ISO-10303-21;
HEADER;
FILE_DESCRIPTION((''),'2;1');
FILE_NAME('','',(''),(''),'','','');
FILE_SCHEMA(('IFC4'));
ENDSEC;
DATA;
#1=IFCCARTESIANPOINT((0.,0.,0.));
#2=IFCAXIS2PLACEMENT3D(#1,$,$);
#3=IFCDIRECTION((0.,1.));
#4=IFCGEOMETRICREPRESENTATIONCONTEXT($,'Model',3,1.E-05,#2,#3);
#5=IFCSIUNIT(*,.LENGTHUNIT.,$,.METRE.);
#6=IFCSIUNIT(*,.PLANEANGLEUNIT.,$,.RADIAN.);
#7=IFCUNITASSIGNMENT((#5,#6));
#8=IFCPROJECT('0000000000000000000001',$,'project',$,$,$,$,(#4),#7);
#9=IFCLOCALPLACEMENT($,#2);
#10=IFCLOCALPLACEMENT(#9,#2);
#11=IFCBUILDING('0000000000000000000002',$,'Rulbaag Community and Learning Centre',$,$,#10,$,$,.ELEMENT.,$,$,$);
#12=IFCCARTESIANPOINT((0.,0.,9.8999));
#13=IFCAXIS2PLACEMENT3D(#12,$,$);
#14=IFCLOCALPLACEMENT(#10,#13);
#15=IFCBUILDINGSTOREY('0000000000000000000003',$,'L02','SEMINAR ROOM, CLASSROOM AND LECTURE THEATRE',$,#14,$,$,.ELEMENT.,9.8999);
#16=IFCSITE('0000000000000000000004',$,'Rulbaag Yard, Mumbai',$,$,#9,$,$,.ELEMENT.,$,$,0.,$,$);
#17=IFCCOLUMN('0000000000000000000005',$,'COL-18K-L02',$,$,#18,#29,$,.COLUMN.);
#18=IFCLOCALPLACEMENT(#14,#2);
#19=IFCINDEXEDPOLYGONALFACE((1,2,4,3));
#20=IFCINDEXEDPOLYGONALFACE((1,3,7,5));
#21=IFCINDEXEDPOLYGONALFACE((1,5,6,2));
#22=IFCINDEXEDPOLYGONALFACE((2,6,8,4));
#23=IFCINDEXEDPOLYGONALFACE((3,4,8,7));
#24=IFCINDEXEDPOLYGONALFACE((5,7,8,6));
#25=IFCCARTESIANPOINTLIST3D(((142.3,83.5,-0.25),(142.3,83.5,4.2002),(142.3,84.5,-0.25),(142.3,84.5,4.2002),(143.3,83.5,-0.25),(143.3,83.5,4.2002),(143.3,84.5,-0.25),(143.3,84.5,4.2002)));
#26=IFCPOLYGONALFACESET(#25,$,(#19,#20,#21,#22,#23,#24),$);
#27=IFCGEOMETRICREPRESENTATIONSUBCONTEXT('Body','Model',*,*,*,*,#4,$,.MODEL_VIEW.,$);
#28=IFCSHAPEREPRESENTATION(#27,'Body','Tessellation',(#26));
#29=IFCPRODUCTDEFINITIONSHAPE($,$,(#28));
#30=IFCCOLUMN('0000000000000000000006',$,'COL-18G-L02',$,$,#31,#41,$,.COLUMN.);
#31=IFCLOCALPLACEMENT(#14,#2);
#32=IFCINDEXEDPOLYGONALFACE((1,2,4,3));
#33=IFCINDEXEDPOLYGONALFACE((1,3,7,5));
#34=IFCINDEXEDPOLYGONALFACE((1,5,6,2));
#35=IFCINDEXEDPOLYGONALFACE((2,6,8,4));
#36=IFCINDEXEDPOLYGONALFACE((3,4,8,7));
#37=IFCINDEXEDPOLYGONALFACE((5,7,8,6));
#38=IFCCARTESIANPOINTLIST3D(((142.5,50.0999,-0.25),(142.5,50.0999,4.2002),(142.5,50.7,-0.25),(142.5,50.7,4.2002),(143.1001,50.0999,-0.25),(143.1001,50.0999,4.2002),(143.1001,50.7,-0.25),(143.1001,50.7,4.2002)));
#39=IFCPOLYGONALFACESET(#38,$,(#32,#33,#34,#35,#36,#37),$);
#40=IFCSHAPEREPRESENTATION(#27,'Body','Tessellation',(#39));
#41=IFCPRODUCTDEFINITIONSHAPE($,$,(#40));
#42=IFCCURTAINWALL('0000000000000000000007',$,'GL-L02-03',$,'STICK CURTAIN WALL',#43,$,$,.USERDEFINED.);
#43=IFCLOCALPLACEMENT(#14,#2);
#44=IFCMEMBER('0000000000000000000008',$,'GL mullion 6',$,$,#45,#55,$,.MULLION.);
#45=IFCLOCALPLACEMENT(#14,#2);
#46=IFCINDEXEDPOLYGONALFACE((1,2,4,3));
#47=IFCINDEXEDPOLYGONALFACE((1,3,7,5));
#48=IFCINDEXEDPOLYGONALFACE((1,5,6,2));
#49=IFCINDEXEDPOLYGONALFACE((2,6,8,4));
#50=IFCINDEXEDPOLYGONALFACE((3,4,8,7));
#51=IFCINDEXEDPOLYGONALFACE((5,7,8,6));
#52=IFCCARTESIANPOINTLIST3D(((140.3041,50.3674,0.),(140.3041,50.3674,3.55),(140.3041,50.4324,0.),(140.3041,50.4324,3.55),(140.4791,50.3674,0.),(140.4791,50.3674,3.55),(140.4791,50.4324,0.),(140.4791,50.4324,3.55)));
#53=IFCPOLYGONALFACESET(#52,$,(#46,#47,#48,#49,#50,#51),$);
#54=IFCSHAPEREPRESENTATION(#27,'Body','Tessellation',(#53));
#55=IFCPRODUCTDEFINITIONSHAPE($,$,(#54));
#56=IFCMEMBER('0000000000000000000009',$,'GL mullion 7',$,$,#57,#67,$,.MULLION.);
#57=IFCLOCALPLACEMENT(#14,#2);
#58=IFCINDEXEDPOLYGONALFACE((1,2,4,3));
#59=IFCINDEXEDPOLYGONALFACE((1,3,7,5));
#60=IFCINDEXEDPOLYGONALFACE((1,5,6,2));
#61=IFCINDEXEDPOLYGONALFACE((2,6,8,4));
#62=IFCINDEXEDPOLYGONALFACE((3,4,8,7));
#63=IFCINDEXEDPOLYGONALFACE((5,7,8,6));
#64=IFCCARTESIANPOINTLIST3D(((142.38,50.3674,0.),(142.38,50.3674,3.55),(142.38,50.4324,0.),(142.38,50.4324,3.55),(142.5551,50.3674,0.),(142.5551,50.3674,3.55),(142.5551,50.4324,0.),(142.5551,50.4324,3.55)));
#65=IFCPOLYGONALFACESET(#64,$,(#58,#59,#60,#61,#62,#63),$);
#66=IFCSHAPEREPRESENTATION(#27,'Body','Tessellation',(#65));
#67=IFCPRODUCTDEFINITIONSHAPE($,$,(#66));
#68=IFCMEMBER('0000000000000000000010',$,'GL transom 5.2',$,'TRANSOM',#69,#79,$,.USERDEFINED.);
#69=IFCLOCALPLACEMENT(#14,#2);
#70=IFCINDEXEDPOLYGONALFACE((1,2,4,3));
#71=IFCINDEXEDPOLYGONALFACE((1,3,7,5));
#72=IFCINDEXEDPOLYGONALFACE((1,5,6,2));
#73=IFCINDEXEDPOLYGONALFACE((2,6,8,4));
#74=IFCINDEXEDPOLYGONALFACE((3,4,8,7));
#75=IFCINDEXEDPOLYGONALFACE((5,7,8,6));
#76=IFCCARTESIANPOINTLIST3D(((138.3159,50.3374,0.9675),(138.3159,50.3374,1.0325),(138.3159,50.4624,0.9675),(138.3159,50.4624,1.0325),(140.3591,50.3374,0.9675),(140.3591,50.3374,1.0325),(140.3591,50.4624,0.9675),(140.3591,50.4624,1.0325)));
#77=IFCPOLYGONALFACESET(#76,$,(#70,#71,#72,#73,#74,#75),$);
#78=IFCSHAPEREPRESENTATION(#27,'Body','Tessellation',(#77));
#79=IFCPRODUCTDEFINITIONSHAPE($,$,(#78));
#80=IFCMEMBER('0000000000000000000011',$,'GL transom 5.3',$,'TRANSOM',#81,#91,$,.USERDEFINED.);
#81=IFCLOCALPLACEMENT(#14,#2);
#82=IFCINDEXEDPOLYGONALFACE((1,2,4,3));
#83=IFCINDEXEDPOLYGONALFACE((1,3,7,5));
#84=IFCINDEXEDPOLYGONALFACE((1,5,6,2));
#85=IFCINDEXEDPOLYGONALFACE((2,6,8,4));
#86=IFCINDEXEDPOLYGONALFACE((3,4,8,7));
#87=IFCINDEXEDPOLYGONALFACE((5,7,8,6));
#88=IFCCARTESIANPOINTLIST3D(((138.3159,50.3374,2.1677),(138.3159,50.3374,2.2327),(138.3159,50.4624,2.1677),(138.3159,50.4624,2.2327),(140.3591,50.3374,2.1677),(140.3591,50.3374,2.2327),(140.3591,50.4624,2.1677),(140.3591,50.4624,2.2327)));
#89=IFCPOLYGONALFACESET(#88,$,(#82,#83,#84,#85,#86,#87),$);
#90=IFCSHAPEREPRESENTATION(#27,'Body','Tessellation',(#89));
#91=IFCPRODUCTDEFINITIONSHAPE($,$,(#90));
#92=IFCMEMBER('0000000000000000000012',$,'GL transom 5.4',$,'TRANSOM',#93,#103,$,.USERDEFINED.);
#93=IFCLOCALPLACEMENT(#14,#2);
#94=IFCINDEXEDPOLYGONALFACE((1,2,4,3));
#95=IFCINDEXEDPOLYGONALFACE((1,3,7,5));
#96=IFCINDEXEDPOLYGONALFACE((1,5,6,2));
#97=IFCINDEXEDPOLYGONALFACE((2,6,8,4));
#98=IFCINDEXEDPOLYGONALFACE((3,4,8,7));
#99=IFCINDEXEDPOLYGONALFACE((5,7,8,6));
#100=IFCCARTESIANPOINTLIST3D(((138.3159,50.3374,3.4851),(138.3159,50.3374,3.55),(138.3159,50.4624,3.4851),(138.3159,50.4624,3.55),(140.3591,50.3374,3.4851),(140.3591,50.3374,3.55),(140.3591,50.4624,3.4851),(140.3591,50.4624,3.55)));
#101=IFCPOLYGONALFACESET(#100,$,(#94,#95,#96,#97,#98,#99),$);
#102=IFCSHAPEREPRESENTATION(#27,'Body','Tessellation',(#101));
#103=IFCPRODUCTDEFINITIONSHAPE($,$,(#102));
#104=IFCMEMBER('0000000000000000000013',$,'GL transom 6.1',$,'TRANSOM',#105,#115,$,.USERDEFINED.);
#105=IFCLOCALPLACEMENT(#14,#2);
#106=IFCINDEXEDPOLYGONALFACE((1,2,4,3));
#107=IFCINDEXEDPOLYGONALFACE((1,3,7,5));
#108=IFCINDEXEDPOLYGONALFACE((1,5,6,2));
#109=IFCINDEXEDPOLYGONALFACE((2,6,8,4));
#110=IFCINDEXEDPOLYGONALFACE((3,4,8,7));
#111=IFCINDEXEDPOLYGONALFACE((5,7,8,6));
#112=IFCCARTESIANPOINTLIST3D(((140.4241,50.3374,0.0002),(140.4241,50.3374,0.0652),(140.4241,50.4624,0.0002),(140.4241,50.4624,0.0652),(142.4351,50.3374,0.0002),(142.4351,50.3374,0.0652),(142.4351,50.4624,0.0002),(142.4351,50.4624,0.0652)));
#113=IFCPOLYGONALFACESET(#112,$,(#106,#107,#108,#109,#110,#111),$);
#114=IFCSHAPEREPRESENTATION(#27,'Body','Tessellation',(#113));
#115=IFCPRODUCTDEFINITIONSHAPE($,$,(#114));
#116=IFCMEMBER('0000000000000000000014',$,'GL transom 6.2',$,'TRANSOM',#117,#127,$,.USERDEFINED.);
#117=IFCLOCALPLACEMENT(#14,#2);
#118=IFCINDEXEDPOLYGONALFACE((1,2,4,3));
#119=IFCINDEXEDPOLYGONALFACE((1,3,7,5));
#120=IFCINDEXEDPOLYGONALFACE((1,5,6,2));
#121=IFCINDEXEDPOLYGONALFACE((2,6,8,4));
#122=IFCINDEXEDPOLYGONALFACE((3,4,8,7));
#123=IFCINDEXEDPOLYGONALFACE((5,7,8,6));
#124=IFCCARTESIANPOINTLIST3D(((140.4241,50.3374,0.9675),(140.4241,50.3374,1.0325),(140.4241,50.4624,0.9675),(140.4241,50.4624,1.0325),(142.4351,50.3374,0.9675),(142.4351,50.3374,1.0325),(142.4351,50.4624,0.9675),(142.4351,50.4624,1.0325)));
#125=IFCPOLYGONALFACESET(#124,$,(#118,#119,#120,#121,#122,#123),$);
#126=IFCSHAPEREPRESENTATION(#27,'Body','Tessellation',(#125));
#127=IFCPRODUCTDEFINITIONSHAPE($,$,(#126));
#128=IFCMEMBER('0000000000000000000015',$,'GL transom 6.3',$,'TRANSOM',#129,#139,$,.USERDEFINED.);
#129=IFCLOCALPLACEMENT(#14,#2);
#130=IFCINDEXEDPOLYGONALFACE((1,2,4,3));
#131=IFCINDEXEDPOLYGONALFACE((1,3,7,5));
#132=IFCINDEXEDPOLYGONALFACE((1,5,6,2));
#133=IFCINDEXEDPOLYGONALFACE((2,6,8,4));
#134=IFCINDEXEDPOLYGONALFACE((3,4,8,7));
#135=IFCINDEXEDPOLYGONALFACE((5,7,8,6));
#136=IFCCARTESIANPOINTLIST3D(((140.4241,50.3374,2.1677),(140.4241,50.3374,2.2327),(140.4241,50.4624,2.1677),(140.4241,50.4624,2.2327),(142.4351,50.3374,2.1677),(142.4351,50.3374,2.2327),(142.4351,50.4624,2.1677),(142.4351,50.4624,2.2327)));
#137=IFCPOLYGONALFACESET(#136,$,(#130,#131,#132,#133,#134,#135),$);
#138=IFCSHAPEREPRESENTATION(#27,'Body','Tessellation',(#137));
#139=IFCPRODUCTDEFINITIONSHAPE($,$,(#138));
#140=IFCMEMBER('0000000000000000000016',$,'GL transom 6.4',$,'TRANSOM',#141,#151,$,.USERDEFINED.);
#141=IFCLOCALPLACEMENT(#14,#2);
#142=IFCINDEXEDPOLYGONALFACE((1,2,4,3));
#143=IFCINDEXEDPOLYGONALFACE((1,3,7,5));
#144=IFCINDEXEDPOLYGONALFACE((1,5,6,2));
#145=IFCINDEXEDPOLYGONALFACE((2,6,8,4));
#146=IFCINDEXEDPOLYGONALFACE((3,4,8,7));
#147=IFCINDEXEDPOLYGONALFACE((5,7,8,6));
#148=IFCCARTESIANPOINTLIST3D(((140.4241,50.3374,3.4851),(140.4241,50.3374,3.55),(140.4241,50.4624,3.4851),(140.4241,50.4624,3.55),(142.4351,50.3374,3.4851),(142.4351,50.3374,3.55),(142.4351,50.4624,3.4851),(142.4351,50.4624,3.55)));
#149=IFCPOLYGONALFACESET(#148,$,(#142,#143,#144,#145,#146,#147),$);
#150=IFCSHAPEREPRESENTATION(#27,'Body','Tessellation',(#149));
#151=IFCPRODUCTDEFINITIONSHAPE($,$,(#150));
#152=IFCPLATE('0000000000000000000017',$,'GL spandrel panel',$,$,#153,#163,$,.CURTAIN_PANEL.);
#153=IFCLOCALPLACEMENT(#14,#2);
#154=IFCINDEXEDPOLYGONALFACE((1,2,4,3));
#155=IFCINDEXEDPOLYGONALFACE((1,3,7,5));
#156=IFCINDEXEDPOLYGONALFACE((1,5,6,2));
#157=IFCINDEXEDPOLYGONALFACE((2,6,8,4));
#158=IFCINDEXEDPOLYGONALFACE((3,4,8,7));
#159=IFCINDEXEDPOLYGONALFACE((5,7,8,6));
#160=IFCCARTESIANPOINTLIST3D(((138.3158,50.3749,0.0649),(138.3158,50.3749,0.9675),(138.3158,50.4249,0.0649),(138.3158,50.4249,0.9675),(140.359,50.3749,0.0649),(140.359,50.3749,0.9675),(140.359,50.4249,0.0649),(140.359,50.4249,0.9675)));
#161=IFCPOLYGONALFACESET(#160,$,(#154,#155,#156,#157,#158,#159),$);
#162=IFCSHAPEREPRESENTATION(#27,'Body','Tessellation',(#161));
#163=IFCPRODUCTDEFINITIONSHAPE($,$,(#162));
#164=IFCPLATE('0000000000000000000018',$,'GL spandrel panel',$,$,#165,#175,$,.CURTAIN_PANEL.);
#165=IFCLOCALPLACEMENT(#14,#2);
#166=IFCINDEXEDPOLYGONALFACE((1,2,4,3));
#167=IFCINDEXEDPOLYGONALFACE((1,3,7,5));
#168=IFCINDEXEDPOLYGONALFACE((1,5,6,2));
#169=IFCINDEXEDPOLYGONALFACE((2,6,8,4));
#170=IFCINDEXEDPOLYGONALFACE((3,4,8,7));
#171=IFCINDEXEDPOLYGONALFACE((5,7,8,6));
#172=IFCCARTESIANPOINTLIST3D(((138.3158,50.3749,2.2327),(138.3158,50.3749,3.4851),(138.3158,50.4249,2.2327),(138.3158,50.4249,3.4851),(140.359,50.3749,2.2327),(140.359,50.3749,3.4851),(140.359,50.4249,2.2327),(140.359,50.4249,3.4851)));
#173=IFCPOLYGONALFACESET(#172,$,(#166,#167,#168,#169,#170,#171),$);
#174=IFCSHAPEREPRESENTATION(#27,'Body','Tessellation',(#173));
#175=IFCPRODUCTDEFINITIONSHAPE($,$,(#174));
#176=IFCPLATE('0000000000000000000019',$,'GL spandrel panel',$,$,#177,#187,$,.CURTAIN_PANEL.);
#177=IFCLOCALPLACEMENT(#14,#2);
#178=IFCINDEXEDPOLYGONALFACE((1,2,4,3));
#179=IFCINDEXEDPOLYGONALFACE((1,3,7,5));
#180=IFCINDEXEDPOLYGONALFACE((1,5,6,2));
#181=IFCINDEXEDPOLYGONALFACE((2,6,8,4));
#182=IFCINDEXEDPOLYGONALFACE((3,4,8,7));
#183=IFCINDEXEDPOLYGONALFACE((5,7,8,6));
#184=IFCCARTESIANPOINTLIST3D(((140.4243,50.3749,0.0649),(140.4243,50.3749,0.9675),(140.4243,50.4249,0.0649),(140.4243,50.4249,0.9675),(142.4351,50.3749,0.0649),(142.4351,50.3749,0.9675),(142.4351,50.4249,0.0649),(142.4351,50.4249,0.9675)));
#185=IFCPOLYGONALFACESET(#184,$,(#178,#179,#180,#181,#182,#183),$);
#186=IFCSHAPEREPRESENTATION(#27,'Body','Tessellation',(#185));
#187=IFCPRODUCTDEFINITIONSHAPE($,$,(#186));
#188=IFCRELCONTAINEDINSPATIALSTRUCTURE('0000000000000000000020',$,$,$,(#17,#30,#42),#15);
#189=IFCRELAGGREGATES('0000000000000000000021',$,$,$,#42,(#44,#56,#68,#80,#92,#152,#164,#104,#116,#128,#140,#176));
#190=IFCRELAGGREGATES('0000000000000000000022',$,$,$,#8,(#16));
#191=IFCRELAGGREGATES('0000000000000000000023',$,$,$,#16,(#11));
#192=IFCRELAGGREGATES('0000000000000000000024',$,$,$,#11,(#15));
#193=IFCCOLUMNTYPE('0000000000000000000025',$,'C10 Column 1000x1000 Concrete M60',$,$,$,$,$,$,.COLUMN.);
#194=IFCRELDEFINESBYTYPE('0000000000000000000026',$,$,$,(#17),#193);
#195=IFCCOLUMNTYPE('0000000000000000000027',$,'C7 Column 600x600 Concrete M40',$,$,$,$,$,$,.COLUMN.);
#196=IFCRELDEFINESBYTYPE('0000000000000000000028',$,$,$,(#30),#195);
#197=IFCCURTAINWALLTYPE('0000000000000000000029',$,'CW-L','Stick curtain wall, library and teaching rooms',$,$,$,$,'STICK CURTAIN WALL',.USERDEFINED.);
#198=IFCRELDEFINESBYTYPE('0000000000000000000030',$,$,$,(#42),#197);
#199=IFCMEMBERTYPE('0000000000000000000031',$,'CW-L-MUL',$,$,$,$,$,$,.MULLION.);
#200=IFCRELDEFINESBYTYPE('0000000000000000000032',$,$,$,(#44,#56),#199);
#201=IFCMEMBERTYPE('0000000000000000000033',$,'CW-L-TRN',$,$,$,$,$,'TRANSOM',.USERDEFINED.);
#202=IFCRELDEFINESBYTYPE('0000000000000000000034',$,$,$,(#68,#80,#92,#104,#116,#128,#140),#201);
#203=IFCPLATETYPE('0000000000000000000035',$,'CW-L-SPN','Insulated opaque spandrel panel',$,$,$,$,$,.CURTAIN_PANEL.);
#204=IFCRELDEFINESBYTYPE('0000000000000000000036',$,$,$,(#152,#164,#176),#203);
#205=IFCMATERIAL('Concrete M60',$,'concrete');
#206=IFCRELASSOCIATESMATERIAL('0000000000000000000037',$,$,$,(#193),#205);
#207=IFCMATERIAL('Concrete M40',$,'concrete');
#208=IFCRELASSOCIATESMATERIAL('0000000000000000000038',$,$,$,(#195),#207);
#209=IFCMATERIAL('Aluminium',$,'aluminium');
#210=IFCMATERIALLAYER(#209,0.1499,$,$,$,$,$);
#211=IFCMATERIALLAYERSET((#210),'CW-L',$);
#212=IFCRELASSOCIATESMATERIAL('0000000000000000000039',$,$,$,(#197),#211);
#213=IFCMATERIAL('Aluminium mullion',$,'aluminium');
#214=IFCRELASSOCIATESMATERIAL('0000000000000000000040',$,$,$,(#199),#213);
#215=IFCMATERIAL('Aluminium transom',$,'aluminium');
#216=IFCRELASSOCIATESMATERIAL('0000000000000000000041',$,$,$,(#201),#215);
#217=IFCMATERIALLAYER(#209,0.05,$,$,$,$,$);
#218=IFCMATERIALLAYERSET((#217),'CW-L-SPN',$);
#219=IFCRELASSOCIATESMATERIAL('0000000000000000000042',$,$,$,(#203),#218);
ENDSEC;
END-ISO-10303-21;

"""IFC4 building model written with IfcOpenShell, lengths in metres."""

from ifc_helpers import new_model, si_unit, direction, frame, origin, origin_2d, place, context, subcontext, project, spatial, rectangle, extrude, material, layer, layer_set, material_profile, profile_set, type_object, element, aggregate, save


model = new_model("IFC4")

# Units and contexts
model_context = context("Model", 3, precision=1e-05, world=origin(), true_north=direction((0.0, 1.0)))
body_context = subcontext(model_context, "Body", "Model", "MODEL_VIEW")
ifc_project = project(units=[si_unit("LENGTHUNIT", "METRE"), si_unit("PLANEANGLEUNIT", "RADIAN")], contexts=[model_context])

# Site, building, storey
site_placement = place(None, origin())
site = spatial("IfcSite", under=ifc_project, at=site_placement, Name="Rulbaag Yard, Mumbai", CompositionType="ELEMENT", RefElevation=0.0)
building_placement = place(site_placement, origin())
building = spatial("IfcBuilding", under=site, at=building_placement, Name="Rulbaag Community and Learning Centre", CompositionType="ELEMENT")
storey_placement = place(building_placement, frame((0.0, 0.0, 9.8999)))
storey = spatial("IfcBuildingStorey", under=building, at=storey_placement, Name="L02", Description="SEMINAR ROOM, CLASSROOM AND LECTURE THEATRE", CompositionType="ELEMENT", Elevation=9.8999)

# Columns
ifc_material_1 = material(Name="Concrete M60", Category="concrete")
ifc_material_profile_1 = material_profile(ifc_material_1, rectangle(XDim=1.0, YDim=1.0, at=origin_2d()), Name="RC1000x1000")
ifc_profile_set_1 = profile_set([ifc_material_profile_1], Name="Concrete M60")
column_type_1 = type_object("IfcColumnType", Name="C10 Column 1000x1000 Concrete M60", PredefinedType="COLUMN", material=ifc_profile_set_1)
column_1_placement = place(storey_placement, frame((142.8, 84.0, -0.25), z_axis=(0.0, 0.0, 1.0), x_axis=(1.0, 0.0, 0.0)))
element("IfcColumn", 1, at=column_1_placement, inside=storey, type_object=column_type_1, Name="COL-18K-L02", PredefinedType="COLUMN", context=body_context, shape_type="SweptSolid", body=[
    extrude(rectangle(XDim=1.0, YDim=1.0, at=origin_2d()), origin(), (0.0, 0.0, 1.0), 4.4502),
])
ifc_material_2 = material(Name="Concrete M40", Category="concrete")
ifc_material_profile_2 = material_profile(ifc_material_2, rectangle(XDim=0.6001, YDim=0.6001, at=origin_2d()), Name="RC600x600")
ifc_profile_set_2 = profile_set([ifc_material_profile_2], Name="Concrete M40")
column_type_2 = type_object("IfcColumnType", Name="C7 Column 600x600 Concrete M40", PredefinedType="COLUMN", material=ifc_profile_set_2)
column_2_placement = place(storey_placement, frame((142.8, 50.3999, -0.25), z_axis=(0.0, 0.0, 1.0), x_axis=(1.0, 0.0, 0.0)))
element("IfcColumn", 2, at=column_2_placement, inside=storey, type_object=column_type_2, Name="COL-18G-L02", PredefinedType="COLUMN", context=body_context, shape_type="SweptSolid", body=[
    extrude(rectangle(XDim=0.6001, YDim=0.6001, at=origin_2d()), origin(), (0.0, 0.0, 1.0), 4.4502),
])

# Curtain wall, members, plates
ifc_material_3 = material(Name="Aluminium", Category="aluminium")
ifc_layer_1 = layer(ifc_material_3, 0.1499)
ifc_layer_set_1 = layer_set([ifc_layer_1], Name="CW-L")
curtain_wall_type = type_object("IfcCurtainWallType", Name="CW-L", Description="Stick curtain wall, library and teaching rooms", ElementType="STICK CURTAIN WALL", PredefinedType="USERDEFINED", material=ifc_layer_set_1)
curtain_wall_placement = place(storey_placement, origin())
curtain_wall = element("IfcCurtainWall", 3, at=curtain_wall_placement, inside=storey, type_object=curtain_wall_type, Name="GL-L02-03", ObjectType="STICK CURTAIN WALL", PredefinedType="USERDEFINED")
ifc_material_4 = material(Name="Aluminium mullion", Category="aluminium")
ifc_material_profile_3 = material_profile(ifc_material_4, rectangle(XDim=0.0649, YDim=0.175, at=origin_2d()), Name="AL 65x175")
ifc_profile_set_3 = profile_set([ifc_material_profile_3], Name="Aluminium mullion")
member_type_1 = type_object("IfcMemberType", Name="CW-L-MUL", PredefinedType="MULLION", material=ifc_profile_set_3)
member_1_placement = place(storey_placement, frame((140.3916, 50.3999, 0.0), z_axis=(0.0, 0.0, 1.0), x_axis=(0.0, 1.0, 0.0)))
member_1 = element("IfcMember", 4, at=member_1_placement, type_object=member_type_1, Name="GL mullion 6", PredefinedType="MULLION", context=body_context, shape_type="SweptSolid", body=[
    extrude(rectangle(XDim=0.0649, YDim=0.175, at=origin_2d()), origin(), (0.0, 0.0, 1.0), 3.55),
])
member_2_placement = place(storey_placement, frame((142.4675, 50.3999, 0.0), z_axis=(0.0, 0.0, 1.0), x_axis=(0.0, 1.0, 0.0)))
member_2 = element("IfcMember", 5, at=member_2_placement, type_object=member_type_1, Name="GL mullion 7", PredefinedType="MULLION", context=body_context, shape_type="SweptSolid", body=[
    extrude(rectangle(XDim=0.0649, YDim=0.175, at=origin_2d()), origin(), (0.0, 0.0, 1.0), 3.55),
])
ifc_material_5 = material(Name="Aluminium transom", Category="aluminium")
ifc_material_profile_4 = material_profile(ifc_material_5, rectangle(XDim=0.125, YDim=0.0649, at=origin_2d()), Name="AL 65x125 T")
ifc_profile_set_4 = profile_set([ifc_material_profile_4], Name="Aluminium transom")
member_type_2 = type_object("IfcMemberType", Name="CW-L-TRN", ElementType="TRANSOM", PredefinedType="USERDEFINED", material=ifc_profile_set_4)
member_3_placement = place(storey_placement, frame((138.3159, 50.3999, 1.0), z_axis=(1.0, 0.0, 0.0), x_axis=(0.0, 1.0, 0.0)))
member_3 = element("IfcMember", 6, at=member_3_placement, type_object=member_type_2, Name="GL transom 5.2", ObjectType="TRANSOM", PredefinedType="USERDEFINED", context=body_context, shape_type="SweptSolid", body=[
    extrude(rectangle(XDim=0.125, YDim=0.0649, at=origin_2d()), origin(), (0.0, 0.0, 1.0), 2.0432),
])
member_4_placement = place(storey_placement, frame((138.3159, 50.3999, 2.2002), z_axis=(1.0, 0.0, 0.0), x_axis=(0.0, 1.0, 0.0)))
member_4 = element("IfcMember", 7, at=member_4_placement, type_object=member_type_2, Name="GL transom 5.3", ObjectType="TRANSOM", PredefinedType="USERDEFINED", context=body_context, shape_type="SweptSolid", body=[
    extrude(rectangle(XDim=0.125, YDim=0.0649, at=origin_2d()), origin(), (0.0, 0.0, 1.0), 2.0432),
])
member_5_placement = place(storey_placement, frame((138.3159, 50.3999, 3.5176), z_axis=(1.0, 0.0, 0.0), x_axis=(0.0, 1.0, 0.0)))
member_5 = element("IfcMember", 8, at=member_5_placement, type_object=member_type_2, Name="GL transom 5.4", ObjectType="TRANSOM", PredefinedType="USERDEFINED", context=body_context, shape_type="SweptSolid", body=[
    extrude(rectangle(XDim=0.125, YDim=0.0649, at=origin_2d()), origin(), (0.0, 0.0, 1.0), 2.0432),
])
member_6_placement = place(storey_placement, frame((140.4241, 50.3999, 0.0327), z_axis=(1.0, 0.0, 0.0), x_axis=(0.0, 1.0, 0.0)))
member_6 = element("IfcMember", 9, at=member_6_placement, type_object=member_type_2, Name="GL transom 6.1", ObjectType="TRANSOM", PredefinedType="USERDEFINED", context=body_context, shape_type="SweptSolid", body=[
    extrude(rectangle(XDim=0.125, YDim=0.0649, at=origin_2d()), origin(), (0.0, 0.0, 1.0), 2.011),
])
member_7_placement = place(storey_placement, frame((140.4241, 50.3999, 1.0), z_axis=(1.0, 0.0, 0.0), x_axis=(0.0, 1.0, 0.0)))
member_7 = element("IfcMember", 10, at=member_7_placement, type_object=member_type_2, Name="GL transom 6.2", ObjectType="TRANSOM", PredefinedType="USERDEFINED", context=body_context, shape_type="SweptSolid", body=[
    extrude(rectangle(XDim=0.125, YDim=0.0649, at=origin_2d()), origin(), (0.0, 0.0, 1.0), 2.011),
])
member_8_placement = place(storey_placement, frame((140.4241, 50.3999, 2.2002), z_axis=(1.0, 0.0, 0.0), x_axis=(0.0, 1.0, 0.0)))
member_8 = element("IfcMember", 11, at=member_8_placement, type_object=member_type_2, Name="GL transom 6.3", ObjectType="TRANSOM", PredefinedType="USERDEFINED", context=body_context, shape_type="SweptSolid", body=[
    extrude(rectangle(XDim=0.125, YDim=0.0649, at=origin_2d()), origin(), (0.0, 0.0, 1.0), 2.011),
])
member_9_placement = place(storey_placement, frame((140.4241, 50.3999, 3.5176), z_axis=(1.0, 0.0, 0.0), x_axis=(0.0, 1.0, 0.0)))
member_9 = element("IfcMember", 12, at=member_9_placement, type_object=member_type_2, Name="GL transom 6.4", ObjectType="TRANSOM", PredefinedType="USERDEFINED", context=body_context, shape_type="SweptSolid", body=[
    extrude(rectangle(XDim=0.125, YDim=0.0649, at=origin_2d()), origin(), (0.0, 0.0, 1.0), 2.011),
])
ifc_layer_2 = layer(ifc_material_3, 0.05)
ifc_layer_set_2 = layer_set([ifc_layer_2], Name="CW-L-SPN")
plate_type_1 = type_object("IfcPlateType", Name="CW-L-SPN", Description="Insulated opaque spandrel panel", PredefinedType="CURTAIN_PANEL", material=ifc_layer_set_2)
plate_1_placement = place(storey_placement, frame((139.3374, 50.3999, 0.0649), z_axis=(0.0, 0.0, 1.0), x_axis=(1.0, 0.0, 0.0)))
plate_1 = element("IfcPlate", 13, at=plate_1_placement, type_object=plate_type_1, Name="GL spandrel panel", PredefinedType="CURTAIN_PANEL", context=body_context, shape_type="SweptSolid", body=[
    extrude(rectangle(XDim=2.0432, YDim=0.05, at=origin_2d()), origin(), (0.0, 0.0, 1.0), 0.9026),
])
plate_2_placement = place(storey_placement, frame((139.3374, 50.3999, 2.2327), z_axis=(0.0, 0.0, 1.0), x_axis=(1.0, 0.0, 0.0)))
plate_2 = element("IfcPlate", 14, at=plate_2_placement, type_object=plate_type_1, Name="GL spandrel panel", PredefinedType="CURTAIN_PANEL", context=body_context, shape_type="SweptSolid", body=[
    extrude(rectangle(XDim=2.0432, YDim=0.05, at=origin_2d()), origin(), (0.0, 0.0, 1.0), 1.2524),
])
plate_3_placement = place(storey_placement, frame((141.4297, 50.3999, 0.0649), z_axis=(0.0, 0.0, 1.0), x_axis=(1.0, 0.0, 0.0)))
plate_3 = element("IfcPlate", 15, at=plate_3_placement, type_object=plate_type_1, Name="GL spandrel panel", PredefinedType="CURTAIN_PANEL", context=body_context, shape_type="SweptSolid", body=[
    extrude(rectangle(XDim=2.0107, YDim=0.05, at=origin_2d()), origin(), (0.0, 0.0, 1.0), 0.9026),
])
aggregate(curtain_wall, [member_1, member_2, member_3, member_4, member_5, plate_1, plate_2, member_6, member_7, member_8, member_9, plate_3])

save(model, "model.ifc")
